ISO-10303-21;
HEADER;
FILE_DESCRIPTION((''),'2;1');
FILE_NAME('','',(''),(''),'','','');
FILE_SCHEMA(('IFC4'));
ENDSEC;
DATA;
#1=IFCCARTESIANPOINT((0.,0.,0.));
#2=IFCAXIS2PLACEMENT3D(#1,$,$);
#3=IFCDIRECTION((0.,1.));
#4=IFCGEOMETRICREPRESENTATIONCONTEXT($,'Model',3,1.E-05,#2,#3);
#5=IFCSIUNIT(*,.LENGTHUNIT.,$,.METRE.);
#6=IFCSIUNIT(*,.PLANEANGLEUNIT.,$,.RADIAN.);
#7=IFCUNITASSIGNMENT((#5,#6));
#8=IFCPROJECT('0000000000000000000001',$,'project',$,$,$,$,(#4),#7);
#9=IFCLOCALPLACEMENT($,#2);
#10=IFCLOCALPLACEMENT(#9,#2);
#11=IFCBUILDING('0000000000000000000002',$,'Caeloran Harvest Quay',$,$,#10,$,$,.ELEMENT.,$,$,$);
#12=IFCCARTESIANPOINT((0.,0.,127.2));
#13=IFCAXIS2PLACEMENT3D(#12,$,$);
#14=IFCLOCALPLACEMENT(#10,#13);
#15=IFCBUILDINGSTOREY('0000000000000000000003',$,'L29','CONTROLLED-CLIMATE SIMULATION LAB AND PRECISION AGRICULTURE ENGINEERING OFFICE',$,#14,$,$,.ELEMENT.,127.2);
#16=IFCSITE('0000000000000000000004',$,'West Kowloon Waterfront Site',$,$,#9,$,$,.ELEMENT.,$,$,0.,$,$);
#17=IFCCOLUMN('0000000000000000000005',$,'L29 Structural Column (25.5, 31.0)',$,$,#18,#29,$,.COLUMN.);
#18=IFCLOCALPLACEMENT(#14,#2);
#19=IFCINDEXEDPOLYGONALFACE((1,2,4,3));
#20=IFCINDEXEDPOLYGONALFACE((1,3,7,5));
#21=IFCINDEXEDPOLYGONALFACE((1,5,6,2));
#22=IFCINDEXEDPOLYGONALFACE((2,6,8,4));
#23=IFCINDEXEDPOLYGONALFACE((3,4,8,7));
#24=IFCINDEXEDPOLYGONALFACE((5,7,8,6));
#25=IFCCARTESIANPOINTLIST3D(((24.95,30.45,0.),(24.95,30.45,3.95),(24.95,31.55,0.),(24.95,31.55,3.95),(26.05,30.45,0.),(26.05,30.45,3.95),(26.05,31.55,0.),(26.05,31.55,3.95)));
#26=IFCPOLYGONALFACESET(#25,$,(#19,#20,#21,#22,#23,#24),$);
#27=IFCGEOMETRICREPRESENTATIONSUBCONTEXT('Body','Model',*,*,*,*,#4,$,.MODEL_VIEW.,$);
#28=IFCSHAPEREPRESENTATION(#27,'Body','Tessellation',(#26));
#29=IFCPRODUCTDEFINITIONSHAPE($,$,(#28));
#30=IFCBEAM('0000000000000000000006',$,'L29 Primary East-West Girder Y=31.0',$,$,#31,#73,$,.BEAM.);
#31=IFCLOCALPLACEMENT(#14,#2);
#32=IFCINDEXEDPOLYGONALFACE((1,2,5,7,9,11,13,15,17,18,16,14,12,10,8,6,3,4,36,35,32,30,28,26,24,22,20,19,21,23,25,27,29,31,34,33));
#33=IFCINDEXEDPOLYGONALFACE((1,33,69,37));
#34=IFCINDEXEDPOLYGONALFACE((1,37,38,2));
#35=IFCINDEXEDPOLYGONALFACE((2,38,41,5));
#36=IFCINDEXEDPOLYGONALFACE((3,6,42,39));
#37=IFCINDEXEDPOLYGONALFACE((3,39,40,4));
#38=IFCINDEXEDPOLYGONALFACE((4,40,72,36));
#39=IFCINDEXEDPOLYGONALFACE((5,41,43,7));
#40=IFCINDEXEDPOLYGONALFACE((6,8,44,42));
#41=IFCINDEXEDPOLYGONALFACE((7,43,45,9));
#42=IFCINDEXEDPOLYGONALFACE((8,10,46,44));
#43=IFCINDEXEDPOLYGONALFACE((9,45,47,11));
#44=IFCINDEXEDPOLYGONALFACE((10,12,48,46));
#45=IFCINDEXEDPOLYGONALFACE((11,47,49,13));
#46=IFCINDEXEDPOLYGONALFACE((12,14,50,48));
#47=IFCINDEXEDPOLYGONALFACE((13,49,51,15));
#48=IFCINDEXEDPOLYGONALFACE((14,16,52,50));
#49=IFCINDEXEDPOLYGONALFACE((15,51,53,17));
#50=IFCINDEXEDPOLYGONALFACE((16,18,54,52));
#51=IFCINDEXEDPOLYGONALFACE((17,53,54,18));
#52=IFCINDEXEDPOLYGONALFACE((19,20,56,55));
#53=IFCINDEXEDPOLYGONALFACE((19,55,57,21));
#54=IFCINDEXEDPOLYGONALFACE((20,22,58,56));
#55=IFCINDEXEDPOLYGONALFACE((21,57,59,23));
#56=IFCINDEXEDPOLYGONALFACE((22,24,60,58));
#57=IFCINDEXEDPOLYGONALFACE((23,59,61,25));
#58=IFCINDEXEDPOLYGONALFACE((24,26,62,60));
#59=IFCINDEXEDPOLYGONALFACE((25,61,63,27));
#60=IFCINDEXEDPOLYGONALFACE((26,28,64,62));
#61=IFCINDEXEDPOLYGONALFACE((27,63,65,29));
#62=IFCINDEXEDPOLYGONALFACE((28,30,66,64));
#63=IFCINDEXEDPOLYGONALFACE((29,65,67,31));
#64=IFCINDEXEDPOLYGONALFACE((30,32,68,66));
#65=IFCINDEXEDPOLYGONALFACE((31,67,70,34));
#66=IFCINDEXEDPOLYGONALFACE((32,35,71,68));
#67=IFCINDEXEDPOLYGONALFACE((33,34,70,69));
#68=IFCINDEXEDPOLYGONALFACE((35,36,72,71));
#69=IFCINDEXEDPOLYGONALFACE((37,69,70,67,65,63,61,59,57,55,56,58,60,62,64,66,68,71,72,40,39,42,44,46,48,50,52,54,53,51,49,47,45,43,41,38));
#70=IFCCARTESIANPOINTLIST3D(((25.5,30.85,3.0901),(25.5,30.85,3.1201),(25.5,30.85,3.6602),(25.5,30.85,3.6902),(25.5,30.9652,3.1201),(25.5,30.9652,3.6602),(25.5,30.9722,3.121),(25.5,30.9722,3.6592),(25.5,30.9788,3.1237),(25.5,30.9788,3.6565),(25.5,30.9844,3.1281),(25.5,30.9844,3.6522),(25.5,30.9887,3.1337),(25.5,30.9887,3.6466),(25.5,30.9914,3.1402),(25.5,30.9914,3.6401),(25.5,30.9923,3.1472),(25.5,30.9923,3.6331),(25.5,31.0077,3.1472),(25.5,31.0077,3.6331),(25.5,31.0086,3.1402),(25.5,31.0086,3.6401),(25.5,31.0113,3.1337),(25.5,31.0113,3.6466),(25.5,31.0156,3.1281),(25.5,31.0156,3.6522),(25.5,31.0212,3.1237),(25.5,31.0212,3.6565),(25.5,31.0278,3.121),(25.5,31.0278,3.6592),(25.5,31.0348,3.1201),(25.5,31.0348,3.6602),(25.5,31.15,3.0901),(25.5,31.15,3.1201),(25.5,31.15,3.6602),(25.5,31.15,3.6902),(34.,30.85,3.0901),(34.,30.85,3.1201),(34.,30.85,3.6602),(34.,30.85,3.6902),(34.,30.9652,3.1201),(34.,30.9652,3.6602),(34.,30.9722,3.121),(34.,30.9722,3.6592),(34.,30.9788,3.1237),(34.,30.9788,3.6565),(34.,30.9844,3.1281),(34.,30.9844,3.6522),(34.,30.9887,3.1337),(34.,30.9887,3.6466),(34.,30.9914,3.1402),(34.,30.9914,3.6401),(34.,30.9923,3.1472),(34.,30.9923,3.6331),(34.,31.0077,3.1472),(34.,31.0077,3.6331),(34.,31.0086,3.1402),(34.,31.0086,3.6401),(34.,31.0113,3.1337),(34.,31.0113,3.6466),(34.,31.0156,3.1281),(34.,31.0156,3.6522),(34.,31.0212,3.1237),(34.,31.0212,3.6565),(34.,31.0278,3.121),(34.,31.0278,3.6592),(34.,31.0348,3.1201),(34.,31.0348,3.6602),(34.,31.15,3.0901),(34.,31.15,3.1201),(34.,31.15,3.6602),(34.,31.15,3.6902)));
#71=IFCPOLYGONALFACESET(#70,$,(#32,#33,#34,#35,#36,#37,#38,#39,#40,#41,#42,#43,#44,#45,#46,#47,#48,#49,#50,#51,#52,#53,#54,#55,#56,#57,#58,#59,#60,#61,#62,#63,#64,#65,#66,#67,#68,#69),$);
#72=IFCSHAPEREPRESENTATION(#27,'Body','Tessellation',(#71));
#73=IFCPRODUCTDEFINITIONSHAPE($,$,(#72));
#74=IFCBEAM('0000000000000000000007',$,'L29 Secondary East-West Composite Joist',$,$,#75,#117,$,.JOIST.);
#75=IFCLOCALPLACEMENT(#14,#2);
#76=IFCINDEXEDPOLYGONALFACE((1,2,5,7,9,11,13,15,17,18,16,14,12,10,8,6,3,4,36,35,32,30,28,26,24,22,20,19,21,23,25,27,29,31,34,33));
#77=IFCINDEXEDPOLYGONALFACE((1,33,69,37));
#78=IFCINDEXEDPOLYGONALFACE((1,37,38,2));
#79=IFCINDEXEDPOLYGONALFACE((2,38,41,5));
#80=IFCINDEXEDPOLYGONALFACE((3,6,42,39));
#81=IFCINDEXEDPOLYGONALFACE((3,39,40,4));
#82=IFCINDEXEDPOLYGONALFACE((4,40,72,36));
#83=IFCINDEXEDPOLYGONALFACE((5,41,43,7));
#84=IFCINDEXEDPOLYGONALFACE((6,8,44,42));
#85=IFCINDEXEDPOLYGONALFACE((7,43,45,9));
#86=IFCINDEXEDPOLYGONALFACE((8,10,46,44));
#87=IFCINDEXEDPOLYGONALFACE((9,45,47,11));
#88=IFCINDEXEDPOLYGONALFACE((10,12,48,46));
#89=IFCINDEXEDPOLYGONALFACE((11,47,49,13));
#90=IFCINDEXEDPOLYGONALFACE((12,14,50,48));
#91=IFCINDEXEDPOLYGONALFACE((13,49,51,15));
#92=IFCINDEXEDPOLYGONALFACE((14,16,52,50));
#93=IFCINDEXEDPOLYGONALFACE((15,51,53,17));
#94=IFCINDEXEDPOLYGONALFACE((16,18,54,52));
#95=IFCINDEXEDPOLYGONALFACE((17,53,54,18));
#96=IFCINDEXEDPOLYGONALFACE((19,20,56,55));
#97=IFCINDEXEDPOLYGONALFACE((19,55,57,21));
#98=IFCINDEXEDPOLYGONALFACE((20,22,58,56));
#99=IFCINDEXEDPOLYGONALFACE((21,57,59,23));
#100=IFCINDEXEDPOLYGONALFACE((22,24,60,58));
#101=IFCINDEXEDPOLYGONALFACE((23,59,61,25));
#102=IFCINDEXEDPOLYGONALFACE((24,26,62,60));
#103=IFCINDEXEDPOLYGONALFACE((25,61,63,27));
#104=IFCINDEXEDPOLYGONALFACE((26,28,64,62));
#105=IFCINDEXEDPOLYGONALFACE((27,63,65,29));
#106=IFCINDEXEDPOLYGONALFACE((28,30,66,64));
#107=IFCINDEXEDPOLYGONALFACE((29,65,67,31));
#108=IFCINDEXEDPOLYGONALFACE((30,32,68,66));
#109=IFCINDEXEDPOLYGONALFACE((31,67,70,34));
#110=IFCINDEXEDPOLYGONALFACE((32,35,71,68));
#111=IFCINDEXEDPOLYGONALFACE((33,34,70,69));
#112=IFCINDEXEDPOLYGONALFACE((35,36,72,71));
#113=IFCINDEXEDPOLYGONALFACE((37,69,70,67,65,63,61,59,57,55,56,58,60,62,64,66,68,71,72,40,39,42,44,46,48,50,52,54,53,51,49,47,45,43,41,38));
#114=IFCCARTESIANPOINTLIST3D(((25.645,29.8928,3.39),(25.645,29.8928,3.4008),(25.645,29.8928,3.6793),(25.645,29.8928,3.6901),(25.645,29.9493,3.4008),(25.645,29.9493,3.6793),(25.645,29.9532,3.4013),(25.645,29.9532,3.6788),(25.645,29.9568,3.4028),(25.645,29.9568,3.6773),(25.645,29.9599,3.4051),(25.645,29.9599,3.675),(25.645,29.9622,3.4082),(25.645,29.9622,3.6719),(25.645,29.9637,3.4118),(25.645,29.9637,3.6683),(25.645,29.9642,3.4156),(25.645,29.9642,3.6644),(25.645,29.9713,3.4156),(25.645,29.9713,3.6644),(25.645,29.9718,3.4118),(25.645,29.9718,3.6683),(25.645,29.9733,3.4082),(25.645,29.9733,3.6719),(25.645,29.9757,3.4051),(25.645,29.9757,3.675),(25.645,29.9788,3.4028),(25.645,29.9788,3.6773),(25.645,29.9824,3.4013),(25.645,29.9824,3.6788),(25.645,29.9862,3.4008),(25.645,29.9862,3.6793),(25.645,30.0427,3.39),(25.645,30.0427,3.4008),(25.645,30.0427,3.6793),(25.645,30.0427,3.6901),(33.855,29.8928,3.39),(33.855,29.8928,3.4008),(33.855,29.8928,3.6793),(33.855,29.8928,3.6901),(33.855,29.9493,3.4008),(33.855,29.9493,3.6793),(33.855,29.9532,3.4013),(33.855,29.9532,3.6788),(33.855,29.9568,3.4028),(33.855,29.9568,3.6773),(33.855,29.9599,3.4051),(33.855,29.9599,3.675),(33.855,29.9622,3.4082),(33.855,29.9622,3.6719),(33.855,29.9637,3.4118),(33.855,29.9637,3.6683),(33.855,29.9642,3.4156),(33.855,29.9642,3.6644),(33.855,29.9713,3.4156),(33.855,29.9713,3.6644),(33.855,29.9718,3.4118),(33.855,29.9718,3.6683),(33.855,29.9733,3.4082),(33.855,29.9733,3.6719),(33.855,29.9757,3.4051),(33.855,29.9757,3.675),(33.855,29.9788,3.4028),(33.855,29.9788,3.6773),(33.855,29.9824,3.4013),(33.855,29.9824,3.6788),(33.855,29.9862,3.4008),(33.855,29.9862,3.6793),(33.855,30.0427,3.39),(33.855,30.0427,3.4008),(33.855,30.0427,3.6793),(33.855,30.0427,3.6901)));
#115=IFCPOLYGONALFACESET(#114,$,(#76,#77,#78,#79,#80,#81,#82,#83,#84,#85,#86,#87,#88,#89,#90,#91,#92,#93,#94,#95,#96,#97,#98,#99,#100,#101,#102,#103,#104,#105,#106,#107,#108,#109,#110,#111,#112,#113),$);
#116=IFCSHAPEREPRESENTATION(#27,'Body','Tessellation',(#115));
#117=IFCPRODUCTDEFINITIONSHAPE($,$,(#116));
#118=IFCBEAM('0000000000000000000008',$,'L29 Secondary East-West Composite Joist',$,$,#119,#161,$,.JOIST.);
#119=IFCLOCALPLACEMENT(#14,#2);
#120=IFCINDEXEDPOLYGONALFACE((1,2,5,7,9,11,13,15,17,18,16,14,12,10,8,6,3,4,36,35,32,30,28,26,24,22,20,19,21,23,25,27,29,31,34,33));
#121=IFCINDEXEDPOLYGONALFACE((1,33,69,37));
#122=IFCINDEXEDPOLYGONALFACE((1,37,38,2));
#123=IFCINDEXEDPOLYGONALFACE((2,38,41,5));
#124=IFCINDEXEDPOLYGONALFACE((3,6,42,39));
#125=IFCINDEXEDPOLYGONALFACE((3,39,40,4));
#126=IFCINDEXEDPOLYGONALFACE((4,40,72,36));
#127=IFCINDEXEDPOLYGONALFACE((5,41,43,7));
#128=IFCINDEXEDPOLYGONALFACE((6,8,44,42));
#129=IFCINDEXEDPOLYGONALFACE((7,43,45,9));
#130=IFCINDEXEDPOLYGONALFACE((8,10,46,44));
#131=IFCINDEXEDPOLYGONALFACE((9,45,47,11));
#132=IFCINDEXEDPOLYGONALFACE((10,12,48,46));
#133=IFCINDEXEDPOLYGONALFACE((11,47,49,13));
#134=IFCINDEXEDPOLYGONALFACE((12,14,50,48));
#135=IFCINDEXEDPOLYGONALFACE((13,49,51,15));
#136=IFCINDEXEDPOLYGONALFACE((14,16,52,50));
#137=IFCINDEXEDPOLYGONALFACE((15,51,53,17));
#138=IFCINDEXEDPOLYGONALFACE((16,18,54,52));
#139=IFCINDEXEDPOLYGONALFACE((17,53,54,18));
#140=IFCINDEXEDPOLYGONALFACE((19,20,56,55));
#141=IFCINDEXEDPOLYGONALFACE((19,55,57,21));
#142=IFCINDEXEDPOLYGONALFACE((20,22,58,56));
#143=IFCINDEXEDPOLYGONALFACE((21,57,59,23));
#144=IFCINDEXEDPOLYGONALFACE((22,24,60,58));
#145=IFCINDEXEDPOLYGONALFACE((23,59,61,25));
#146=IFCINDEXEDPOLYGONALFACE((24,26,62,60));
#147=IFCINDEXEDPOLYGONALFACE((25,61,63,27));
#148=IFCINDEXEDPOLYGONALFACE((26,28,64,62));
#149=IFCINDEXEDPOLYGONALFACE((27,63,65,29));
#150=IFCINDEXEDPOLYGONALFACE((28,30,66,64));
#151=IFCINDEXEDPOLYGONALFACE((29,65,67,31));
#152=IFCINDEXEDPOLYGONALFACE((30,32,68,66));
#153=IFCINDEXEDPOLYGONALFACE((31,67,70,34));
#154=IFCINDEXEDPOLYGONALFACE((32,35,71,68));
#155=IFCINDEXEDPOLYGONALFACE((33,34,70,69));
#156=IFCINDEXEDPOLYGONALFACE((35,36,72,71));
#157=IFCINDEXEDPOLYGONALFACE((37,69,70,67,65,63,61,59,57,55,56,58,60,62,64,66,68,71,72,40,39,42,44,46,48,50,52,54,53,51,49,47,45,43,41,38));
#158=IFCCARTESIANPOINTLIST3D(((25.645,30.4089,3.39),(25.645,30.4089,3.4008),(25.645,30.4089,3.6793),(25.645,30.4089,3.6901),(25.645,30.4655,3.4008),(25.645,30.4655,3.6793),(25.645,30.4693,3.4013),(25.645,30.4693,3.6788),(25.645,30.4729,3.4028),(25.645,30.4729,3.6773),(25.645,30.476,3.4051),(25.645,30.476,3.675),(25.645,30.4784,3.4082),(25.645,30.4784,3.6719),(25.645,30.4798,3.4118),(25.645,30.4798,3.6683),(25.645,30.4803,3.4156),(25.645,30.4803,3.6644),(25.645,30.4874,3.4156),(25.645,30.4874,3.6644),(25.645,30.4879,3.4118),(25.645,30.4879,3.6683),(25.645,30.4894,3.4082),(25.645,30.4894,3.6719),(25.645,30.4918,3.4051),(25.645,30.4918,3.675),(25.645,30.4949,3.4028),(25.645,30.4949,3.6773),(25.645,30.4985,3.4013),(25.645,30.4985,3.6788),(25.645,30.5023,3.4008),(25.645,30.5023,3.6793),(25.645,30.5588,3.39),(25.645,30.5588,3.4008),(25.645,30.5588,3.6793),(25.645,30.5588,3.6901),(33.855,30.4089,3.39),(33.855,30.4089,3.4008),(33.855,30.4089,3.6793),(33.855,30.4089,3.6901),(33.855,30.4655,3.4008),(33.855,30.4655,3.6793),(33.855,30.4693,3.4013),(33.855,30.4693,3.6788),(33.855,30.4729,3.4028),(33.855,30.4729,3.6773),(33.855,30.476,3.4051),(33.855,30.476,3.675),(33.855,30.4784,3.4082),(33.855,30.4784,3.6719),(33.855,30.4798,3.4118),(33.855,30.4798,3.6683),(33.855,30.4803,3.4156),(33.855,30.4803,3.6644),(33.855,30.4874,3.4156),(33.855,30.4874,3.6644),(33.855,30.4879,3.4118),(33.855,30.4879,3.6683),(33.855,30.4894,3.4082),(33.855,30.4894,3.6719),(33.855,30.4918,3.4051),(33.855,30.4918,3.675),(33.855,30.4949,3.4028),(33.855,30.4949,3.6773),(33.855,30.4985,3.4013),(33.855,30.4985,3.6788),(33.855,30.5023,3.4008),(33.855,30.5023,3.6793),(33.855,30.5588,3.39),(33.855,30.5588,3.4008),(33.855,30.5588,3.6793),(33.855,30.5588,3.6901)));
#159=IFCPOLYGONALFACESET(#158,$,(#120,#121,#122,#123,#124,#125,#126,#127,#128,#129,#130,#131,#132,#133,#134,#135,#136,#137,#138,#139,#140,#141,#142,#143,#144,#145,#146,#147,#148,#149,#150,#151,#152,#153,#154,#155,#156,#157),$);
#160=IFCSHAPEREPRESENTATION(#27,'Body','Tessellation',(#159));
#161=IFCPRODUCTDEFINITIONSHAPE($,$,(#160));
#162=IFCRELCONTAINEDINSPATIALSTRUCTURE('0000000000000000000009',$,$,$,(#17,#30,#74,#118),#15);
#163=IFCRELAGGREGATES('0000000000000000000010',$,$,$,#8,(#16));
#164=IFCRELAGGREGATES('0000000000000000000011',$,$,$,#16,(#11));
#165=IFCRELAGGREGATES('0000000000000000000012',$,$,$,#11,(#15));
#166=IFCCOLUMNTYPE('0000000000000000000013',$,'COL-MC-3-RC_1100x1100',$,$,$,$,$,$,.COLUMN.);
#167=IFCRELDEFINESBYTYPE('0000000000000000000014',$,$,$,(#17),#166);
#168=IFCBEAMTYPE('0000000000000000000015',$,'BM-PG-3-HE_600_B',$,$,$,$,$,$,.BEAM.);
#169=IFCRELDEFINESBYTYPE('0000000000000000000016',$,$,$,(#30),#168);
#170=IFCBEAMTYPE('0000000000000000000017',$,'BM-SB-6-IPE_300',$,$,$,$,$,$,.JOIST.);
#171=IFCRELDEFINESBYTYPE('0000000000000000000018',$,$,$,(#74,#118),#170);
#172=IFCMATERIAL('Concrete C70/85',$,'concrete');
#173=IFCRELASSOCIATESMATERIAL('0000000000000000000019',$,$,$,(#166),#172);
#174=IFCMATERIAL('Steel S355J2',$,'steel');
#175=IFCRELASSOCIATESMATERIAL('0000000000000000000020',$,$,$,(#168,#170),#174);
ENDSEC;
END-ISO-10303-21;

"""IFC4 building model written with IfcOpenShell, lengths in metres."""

from ifc_helpers import new_model, si_unit, direction, frame, origin, origin_2d, place, context, subcontext, project, spatial, rectangle, i_section, extrude, material, material_profile, profile_set, type_object, element, save


model = new_model("IFC4")

# Units and contexts
model_context = context("Model", 3, precision=1e-05, world=origin(), true_north=direction((0.0, 1.0)))
body_context = subcontext(model_context, "Body", "Model", "MODEL_VIEW")
ifc_project = project(units=[si_unit("LENGTHUNIT", "METRE"), si_unit("PLANEANGLEUNIT", "RADIAN")], contexts=[model_context])

# Site, building, storey
site_placement = place(None, origin())
site = spatial("IfcSite", under=ifc_project, at=site_placement, Name="West Kowloon Waterfront Site", CompositionType="ELEMENT", RefElevation=0.0)
building_placement = place(site_placement, origin())
building = spatial("IfcBuilding", under=site, at=building_placement, Name="Caeloran Harvest Quay", CompositionType="ELEMENT")
storey_placement = place(building_placement, frame((0.0, 0.0, 127.2)))
storey = spatial("IfcBuildingStorey", under=building, at=storey_placement, Name="L29", Description="CONTROLLED-CLIMATE SIMULATION LAB AND PRECISION AGRICULTURE ENGINEERING OFFICE", CompositionType="ELEMENT", Elevation=127.2)

# Column
ifc_material_1 = material(Name="Concrete C70/85", Category="concrete")
ifc_material_profile_1 = material_profile(ifc_material_1, rectangle(XDim=1.1001, YDim=1.1001, at=origin_2d()), Name="RC 1100x1100")
ifc_profile_set_1 = profile_set([ifc_material_profile_1], Name="Concrete C70/85")
column_type = type_object("IfcColumnType", Name="COL-MC-3-RC_1100x1100", PredefinedType="COLUMN", material=ifc_profile_set_1)
column_placement = place(storey_placement, frame((25.5, 31.0, 0.0), z_axis=(0.0, 0.0, 1.0), x_axis=(1.0, 0.0, 0.0)))
element("IfcColumn", 1, at=column_placement, inside=storey, type_object=column_type, Name="L29 Structural Column (25.5, 31.0)", PredefinedType="COLUMN", context=body_context, shape_type="SweptSolid", body=[
    extrude(rectangle(XDim=1.1001, YDim=1.1001, at=origin_2d()), origin(), (0.0, 0.0, 1.0), 3.95),
])

# Beams
ifc_material_2 = material(Name="Steel S355J2", Category="steel")
ifc_material_profile_2 = material_profile(ifc_material_2, i_section(OverallWidth=0.3, OverallDepth=0.6001, WebThickness=0.0154, FlangeThickness=0.03, FilletRadius=0.0271, at=origin_2d()), Name="HE 600 B")
ifc_profile_set_2 = profile_set([ifc_material_profile_2], Name="Steel S355J2")
beam_type_1 = type_object("IfcBeamType", Name="BM-PG-3-HE_600_B", PredefinedType="BEAM", material=ifc_profile_set_2)
beam_1_placement = place(storey_placement, frame((25.5, 31.0, 3.3901), z_axis=(1.0, 0.0, 0.0), x_axis=(0.0, 1.0, 0.0)))
element("IfcBeam", 2, at=beam_1_placement, inside=storey, type_object=beam_type_1, Name="L29 Primary East-West Girder Y=31.0", PredefinedType="BEAM", context=body_context, shape_type="SweptSolid", body=[
    extrude(i_section(OverallWidth=0.3, OverallDepth=0.6001, WebThickness=0.0154, FlangeThickness=0.03, FilletRadius=0.0271, at=origin_2d()), origin(), (0.0, 0.0, 1.0), 8.5),
])
ifc_material_profile_3 = material_profile(ifc_material_2, i_section(OverallWidth=0.1499, OverallDepth=0.3, WebThickness=0.0071, FlangeThickness=0.0107, FilletRadius=0.0149, at=origin_2d()), Name="IPE 300")
ifc_profile_set_3 = profile_set([ifc_material_profile_3], Name="Steel S355J2")
beam_type_2 = type_object("IfcBeamType", Name="BM-SB-6-IPE_300", PredefinedType="JOIST", material=ifc_profile_set_3)
for number, where, z_axis, x_axis, name in (
    (3, (25.645, 29.9678, 3.54), (1.0, 0.0, 0.0), (0.0, 1.0, 0.0), "L29 Secondary East-West Composite Joist"),
    (4, (25.645, 30.4839, 3.54), (1.0, 0.0, 0.0), (0.0, 1.0, 0.0), "L29 Secondary East-West Composite Joist"),
):
    element("IfcBeam", number, at=place(storey_placement, frame(where, z_axis=z_axis, x_axis=x_axis)), inside=storey, type_object=beam_type_2, Name=name, PredefinedType="JOIST", context=body_context, shape_type="SweptSolid", body=[
        extrude(i_section(OverallWidth=0.1499, OverallDepth=0.3, WebThickness=0.0071, FlangeThickness=0.0107, FilletRadius=0.0149, at=origin_2d()), origin(), (0.0, 0.0, 1.0), 8.21),
    ])

save(model, "model.ifc")
